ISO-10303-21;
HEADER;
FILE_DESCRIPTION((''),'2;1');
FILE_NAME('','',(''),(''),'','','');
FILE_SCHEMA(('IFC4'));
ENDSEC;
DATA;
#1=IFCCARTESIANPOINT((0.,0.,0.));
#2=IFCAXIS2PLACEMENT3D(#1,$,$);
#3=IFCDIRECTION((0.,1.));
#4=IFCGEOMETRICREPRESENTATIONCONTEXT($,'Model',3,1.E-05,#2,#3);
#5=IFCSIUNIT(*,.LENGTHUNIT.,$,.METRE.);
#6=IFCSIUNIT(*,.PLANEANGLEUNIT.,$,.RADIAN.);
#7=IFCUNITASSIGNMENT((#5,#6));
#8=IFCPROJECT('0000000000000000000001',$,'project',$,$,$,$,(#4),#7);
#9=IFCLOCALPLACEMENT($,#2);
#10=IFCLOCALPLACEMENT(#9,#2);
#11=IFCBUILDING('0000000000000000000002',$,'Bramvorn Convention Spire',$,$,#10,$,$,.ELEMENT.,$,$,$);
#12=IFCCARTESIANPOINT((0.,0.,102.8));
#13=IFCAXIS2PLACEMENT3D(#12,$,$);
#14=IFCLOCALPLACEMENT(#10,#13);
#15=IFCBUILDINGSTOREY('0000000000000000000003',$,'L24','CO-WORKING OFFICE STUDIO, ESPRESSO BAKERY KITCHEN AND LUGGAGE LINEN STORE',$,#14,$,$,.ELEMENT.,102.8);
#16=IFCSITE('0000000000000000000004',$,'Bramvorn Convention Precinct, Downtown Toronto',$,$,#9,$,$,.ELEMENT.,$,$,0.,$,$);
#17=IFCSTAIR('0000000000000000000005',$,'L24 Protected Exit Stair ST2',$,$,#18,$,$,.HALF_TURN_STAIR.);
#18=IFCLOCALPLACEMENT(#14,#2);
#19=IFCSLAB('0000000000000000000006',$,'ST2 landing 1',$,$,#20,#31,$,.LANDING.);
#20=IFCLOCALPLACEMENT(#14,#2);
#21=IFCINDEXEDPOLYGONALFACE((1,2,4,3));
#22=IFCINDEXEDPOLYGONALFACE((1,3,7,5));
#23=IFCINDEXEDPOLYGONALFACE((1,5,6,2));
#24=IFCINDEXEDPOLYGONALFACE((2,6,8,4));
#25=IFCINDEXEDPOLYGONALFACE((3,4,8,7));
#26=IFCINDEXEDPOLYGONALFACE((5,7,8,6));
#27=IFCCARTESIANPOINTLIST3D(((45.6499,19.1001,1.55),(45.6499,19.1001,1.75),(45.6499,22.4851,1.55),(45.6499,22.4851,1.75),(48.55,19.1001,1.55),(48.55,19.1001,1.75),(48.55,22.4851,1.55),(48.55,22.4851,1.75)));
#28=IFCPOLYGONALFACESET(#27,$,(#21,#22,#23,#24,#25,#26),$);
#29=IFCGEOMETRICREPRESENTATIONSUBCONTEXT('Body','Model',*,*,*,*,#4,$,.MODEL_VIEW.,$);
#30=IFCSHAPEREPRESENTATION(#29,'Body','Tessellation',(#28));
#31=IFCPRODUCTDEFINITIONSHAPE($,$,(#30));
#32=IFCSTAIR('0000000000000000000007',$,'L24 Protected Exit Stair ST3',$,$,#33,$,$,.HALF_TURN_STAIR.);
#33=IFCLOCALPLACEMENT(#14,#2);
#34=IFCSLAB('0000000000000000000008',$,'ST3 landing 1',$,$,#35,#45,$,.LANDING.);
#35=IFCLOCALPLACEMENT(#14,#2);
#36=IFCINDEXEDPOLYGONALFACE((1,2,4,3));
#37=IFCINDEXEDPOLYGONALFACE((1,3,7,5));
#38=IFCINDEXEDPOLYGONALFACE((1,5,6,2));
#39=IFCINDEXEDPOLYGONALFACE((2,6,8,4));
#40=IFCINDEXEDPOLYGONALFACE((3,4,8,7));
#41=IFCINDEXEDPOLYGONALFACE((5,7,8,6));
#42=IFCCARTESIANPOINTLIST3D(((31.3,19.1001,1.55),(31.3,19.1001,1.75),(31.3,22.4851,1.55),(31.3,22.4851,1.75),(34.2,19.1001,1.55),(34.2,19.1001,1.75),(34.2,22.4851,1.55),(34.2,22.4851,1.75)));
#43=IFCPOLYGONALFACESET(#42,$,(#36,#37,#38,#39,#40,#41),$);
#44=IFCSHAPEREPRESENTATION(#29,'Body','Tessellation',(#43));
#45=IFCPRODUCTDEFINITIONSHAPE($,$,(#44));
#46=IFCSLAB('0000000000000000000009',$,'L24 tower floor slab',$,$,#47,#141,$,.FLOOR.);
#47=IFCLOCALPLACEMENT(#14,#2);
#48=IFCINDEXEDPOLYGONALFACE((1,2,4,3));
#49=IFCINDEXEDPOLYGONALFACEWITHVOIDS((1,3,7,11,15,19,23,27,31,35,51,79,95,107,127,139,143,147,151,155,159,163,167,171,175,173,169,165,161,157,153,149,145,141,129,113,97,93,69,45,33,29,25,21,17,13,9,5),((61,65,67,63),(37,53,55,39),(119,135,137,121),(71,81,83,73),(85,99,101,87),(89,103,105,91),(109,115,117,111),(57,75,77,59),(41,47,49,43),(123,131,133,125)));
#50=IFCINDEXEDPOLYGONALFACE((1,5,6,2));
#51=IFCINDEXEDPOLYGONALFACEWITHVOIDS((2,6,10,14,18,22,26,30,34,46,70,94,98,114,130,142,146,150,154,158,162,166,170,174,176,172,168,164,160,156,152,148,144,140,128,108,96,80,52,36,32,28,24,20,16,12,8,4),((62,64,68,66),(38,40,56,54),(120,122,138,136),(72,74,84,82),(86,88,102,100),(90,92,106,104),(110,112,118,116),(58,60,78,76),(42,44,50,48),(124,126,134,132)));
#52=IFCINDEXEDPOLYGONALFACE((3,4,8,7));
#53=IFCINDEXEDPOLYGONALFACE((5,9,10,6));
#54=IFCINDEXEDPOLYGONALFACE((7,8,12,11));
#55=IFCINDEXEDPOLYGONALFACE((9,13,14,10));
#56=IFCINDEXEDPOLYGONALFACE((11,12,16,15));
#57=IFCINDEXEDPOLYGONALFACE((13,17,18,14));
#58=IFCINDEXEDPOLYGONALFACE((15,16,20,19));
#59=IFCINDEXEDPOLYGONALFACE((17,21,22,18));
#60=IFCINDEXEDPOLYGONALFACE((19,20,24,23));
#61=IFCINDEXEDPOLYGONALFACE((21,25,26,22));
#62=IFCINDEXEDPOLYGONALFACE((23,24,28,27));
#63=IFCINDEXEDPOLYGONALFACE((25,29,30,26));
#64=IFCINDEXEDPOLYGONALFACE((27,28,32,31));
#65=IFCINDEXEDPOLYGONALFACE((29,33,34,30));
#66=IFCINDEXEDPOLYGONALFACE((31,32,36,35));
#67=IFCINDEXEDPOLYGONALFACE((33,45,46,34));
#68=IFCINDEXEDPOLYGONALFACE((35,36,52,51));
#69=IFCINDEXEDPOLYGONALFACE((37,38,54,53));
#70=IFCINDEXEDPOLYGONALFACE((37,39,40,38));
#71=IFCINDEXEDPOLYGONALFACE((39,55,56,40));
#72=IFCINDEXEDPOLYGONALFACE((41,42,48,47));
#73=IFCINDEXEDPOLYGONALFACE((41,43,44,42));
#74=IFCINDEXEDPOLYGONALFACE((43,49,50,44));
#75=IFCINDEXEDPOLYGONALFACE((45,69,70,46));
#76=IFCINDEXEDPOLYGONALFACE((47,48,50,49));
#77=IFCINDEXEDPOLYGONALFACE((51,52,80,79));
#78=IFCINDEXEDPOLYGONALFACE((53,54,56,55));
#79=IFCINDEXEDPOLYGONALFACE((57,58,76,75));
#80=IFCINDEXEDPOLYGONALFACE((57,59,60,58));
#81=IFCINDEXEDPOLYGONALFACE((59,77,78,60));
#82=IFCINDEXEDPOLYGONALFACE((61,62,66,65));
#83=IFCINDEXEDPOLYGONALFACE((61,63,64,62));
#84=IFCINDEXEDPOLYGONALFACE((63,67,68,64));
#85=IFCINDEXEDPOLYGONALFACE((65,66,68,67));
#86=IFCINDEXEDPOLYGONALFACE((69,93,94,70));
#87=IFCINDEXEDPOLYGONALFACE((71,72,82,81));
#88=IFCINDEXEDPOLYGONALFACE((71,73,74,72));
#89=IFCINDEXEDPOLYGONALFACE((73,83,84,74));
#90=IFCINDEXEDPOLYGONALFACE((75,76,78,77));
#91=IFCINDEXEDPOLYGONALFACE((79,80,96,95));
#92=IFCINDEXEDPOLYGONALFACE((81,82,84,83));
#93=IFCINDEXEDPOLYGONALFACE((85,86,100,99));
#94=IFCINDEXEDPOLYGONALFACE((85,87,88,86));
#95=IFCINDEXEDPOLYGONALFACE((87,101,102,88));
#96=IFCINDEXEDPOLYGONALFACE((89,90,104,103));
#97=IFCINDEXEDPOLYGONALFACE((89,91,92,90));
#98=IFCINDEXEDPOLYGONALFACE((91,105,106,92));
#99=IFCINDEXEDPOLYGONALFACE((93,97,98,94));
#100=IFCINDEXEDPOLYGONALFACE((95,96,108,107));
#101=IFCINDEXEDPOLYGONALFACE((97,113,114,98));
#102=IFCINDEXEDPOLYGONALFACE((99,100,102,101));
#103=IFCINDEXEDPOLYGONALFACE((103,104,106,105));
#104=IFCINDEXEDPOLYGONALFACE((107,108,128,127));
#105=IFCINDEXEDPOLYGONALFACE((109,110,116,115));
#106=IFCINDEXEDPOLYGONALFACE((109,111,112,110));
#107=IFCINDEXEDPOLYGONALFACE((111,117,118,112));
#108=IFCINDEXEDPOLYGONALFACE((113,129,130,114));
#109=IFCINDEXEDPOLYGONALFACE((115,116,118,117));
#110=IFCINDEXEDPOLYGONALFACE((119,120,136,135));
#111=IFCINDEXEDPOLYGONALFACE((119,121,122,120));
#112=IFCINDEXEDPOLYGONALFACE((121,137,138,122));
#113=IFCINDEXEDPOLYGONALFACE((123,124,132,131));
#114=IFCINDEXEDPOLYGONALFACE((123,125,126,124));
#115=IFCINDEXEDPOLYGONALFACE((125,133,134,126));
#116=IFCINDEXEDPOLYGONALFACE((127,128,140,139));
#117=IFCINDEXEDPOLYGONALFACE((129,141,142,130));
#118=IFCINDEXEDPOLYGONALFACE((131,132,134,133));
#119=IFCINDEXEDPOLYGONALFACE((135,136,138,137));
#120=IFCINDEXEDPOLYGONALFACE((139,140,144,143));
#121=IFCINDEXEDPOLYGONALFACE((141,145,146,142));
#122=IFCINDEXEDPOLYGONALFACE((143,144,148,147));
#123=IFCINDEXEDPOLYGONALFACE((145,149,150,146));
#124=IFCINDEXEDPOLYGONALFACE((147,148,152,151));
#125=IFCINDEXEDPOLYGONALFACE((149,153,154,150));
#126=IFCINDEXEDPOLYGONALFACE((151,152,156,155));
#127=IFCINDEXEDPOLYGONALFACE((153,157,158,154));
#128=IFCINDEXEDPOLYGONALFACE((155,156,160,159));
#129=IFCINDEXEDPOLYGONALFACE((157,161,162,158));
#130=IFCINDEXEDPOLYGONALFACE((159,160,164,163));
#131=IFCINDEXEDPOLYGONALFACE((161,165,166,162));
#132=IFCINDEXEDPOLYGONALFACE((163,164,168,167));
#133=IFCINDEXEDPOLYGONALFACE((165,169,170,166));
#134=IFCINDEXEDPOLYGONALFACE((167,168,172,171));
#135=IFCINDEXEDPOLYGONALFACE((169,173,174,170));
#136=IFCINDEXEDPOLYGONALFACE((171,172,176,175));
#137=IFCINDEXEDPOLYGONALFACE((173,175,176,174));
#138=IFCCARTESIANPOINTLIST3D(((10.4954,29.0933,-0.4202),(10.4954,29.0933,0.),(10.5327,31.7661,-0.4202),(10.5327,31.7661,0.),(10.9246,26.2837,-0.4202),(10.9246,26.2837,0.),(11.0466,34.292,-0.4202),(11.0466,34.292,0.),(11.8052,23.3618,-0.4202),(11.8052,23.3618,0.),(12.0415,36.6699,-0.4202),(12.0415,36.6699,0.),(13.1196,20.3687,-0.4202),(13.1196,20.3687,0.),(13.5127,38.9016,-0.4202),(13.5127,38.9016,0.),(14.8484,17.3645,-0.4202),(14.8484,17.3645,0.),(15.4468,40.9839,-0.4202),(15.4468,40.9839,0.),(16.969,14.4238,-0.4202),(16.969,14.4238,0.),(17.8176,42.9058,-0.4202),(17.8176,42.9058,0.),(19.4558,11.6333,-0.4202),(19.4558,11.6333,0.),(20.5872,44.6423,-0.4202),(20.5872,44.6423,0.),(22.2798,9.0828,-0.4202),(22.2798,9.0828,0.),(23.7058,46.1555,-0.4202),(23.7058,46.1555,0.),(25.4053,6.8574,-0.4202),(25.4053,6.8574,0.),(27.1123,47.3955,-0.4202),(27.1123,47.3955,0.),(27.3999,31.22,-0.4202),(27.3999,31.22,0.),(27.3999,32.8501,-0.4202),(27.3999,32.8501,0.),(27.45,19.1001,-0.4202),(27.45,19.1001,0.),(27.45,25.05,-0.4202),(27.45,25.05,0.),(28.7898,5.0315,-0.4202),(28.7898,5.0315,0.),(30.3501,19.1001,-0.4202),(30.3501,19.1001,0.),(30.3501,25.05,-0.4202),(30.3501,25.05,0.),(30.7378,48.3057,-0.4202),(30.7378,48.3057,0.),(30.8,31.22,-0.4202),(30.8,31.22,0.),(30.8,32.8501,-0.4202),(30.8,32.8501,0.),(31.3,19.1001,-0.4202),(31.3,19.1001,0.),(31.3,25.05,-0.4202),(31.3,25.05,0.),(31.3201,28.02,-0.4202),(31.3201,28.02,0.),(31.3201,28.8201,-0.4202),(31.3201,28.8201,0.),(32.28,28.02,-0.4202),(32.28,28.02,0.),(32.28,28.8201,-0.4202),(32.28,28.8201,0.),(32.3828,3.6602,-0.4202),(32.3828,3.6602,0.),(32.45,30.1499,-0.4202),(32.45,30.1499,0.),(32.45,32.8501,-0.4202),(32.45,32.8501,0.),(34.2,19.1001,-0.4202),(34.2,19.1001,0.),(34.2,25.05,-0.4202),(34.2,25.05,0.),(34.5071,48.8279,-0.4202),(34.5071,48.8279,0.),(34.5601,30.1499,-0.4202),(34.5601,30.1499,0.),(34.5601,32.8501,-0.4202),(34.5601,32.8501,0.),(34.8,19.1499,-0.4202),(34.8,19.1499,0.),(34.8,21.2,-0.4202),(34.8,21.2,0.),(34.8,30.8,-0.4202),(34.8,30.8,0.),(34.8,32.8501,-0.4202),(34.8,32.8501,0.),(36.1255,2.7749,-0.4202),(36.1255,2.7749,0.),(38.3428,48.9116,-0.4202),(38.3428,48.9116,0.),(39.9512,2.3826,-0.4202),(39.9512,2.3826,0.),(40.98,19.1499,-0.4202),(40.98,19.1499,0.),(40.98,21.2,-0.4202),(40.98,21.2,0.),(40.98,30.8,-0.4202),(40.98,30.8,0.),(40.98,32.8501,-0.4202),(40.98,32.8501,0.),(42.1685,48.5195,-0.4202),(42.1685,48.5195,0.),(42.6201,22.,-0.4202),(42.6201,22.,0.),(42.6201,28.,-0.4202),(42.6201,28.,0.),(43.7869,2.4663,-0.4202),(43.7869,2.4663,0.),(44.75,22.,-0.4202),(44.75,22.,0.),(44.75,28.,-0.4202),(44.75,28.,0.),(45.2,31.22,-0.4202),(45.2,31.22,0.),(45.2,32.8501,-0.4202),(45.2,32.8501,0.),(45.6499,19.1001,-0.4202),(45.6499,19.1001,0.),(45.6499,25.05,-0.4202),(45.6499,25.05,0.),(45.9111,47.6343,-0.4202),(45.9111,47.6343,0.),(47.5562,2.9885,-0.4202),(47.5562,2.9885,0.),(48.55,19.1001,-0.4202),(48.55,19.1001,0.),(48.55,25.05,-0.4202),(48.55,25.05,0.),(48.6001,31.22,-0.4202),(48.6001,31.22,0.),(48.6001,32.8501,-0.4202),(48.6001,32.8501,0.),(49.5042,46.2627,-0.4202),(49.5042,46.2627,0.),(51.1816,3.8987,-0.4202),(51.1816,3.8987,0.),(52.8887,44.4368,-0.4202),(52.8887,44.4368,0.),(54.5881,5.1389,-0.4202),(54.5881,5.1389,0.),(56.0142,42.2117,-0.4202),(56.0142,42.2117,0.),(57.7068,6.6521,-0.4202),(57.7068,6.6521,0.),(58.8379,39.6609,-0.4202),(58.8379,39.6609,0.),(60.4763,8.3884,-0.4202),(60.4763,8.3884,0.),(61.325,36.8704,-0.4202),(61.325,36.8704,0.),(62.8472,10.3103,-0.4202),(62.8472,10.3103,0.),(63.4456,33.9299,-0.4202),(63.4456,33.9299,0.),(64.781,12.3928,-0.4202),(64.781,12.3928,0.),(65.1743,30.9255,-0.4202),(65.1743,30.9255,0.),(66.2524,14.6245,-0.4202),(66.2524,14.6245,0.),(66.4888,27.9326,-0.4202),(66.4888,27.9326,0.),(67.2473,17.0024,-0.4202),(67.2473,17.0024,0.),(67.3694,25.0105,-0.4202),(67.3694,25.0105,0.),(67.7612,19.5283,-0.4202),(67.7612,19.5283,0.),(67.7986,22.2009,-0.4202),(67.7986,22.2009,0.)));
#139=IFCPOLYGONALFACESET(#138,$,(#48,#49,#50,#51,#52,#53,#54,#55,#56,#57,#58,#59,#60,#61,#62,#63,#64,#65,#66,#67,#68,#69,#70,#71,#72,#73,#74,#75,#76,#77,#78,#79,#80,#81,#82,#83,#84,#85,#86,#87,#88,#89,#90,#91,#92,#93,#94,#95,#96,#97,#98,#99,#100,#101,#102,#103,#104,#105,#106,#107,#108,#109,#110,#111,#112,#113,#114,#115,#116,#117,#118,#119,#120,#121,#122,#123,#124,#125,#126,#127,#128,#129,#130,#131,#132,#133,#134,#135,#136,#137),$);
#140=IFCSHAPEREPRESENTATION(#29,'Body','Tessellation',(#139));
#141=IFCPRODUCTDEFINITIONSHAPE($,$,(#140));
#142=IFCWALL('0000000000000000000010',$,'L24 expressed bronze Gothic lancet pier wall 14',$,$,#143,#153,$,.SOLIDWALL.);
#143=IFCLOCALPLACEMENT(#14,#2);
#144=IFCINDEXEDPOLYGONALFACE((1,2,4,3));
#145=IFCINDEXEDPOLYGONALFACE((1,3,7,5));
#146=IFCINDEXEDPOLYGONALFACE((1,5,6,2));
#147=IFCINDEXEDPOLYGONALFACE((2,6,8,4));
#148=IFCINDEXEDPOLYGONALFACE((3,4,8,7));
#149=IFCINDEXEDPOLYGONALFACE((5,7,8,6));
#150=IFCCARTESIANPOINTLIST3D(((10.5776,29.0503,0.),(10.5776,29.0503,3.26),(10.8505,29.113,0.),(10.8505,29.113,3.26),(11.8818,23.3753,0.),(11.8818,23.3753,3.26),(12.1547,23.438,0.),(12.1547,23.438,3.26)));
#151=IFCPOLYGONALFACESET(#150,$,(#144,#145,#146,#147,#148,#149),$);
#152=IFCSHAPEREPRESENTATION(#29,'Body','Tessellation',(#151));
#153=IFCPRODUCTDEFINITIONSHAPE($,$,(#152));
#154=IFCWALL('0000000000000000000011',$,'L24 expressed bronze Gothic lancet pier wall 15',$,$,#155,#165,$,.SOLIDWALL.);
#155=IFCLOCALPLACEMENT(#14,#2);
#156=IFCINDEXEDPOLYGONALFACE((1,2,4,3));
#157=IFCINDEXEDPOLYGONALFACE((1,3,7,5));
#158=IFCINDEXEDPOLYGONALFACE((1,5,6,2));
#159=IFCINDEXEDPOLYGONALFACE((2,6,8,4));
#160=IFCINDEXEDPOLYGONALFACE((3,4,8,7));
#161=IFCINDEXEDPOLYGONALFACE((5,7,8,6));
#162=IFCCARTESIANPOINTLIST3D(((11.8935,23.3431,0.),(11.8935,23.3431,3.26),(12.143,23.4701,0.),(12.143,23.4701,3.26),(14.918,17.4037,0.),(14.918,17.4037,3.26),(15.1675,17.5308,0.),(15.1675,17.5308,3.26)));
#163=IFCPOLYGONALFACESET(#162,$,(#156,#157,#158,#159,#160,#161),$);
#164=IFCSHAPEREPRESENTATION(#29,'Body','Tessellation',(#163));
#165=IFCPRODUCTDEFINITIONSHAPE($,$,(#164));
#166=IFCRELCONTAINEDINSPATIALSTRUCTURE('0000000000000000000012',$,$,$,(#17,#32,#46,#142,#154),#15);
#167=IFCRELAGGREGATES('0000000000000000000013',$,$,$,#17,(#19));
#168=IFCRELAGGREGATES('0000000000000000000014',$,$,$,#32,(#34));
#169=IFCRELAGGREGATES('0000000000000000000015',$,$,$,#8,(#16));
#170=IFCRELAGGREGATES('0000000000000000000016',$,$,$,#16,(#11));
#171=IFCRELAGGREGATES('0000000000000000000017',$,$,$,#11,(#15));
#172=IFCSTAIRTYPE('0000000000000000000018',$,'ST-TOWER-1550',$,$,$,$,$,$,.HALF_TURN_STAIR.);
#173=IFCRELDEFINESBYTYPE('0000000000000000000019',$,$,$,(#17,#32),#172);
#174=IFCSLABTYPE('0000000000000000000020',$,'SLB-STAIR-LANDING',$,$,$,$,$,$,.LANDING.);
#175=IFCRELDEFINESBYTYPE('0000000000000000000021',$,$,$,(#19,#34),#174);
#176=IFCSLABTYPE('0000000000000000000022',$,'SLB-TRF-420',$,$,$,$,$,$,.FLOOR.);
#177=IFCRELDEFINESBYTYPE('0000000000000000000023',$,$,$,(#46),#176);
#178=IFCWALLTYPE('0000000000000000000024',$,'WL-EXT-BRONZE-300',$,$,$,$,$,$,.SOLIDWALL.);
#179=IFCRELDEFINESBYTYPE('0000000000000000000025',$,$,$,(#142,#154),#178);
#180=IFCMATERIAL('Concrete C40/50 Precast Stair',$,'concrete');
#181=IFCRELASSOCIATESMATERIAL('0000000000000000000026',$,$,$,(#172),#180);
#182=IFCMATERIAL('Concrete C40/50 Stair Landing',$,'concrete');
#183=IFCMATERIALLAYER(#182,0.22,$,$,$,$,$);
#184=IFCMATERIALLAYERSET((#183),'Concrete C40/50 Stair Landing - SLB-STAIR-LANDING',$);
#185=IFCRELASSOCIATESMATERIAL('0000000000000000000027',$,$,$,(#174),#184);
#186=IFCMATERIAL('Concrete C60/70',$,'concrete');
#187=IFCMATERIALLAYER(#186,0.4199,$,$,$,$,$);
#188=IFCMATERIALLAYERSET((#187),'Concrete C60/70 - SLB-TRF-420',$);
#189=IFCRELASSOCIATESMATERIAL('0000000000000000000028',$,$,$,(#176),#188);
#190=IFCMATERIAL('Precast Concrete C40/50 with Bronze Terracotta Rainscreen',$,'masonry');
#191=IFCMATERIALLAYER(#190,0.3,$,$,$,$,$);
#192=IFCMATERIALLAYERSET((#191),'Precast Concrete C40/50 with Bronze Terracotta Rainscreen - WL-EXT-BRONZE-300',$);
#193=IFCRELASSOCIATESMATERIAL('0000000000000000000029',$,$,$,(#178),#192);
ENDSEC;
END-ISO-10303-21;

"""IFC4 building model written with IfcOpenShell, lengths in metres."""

from ifc_helpers import new_model, si_unit, direction, frame, frame_2d, origin, place, context, subcontext, project, spatial, polyline, rectangle, outline, extrude, material, layer, layer_set, type_object, element, aggregate, save


model = new_model("IFC4")

# Units and contexts
model_context = context("Model", 3, precision=1e-05, world=origin(), true_north=direction((0.0, 1.0)))
body_context = subcontext(model_context, "Body", "Model", "MODEL_VIEW")
ifc_project = project(units=[si_unit("LENGTHUNIT", "METRE"), si_unit("PLANEANGLEUNIT", "RADIAN")], contexts=[model_context])

# Site, building, storey
site_placement = place(None, origin())
site = spatial("IfcSite", under=ifc_project, at=site_placement, Name="Bramvorn Convention Precinct, Downtown Toronto", CompositionType="ELEMENT", RefElevation=0.0)
building_placement = place(site_placement, origin())
building = spatial("IfcBuilding", under=site, at=building_placement, Name="Bramvorn Convention Spire", CompositionType="ELEMENT")
storey_placement = place(building_placement, frame((0.0, 0.0, 102.8)))
storey = spatial("IfcBuildingStorey", under=building, at=storey_placement, Name="L24", Description="CO-WORKING OFFICE STUDIO, ESPRESSO BAKERY KITCHEN AND LUGGAGE LINEN STORE", CompositionType="ELEMENT", Elevation=102.8)

# Stairs, slabs
ifc_material_1 = material(Name="Concrete C40/50 Precast Stair", Category="concrete")
stair_type = type_object("IfcStairType", Name="ST-TOWER-1550", PredefinedType="HALF_TURN_STAIR", material=ifc_material_1)
ifc_material_2 = material(Name="Concrete C40/50 Stair Landing", Category="concrete")
ifc_layer_1 = layer(ifc_material_2, 0.22)
ifc_layer_set_1 = layer_set([ifc_layer_1], Name="Concrete C40/50 Stair Landing - SLB-STAIR-LANDING")
slab_type_1 = type_object("IfcSlabType", Name="SLB-STAIR-LANDING", PredefinedType="LANDING", material=ifc_layer_set_1)
stair_1_placement = place(storey_placement, origin())
stair_1 = element("IfcStair", 1, at=stair_1_placement, inside=storey, type_object=stair_type, Name="L24 Protected Exit Stair ST2", PredefinedType="HALF_TURN_STAIR")
slab_1_placement = place(storey_placement, frame((0.0, 0.0, 1.55)))
slab_1 = element("IfcSlab", 2, at=slab_1_placement, type_object=slab_type_1, Name="ST2 landing 1", PredefinedType="LANDING", context=body_context, shape_type="SweptSolid", body=[
    extrude(outline(polyline([(45.6499, 22.4851), (45.6499, 19.1001), (48.55, 19.1001), (48.55, 22.4851), (45.6499, 22.4851)])), origin(), (0.0, 0.0, 1.0), 0.2),
])
aggregate(stair_1, [slab_1])
stair_2_placement = place(storey_placement, origin())
stair_2 = element("IfcStair", 3, at=stair_2_placement, inside=storey, type_object=stair_type, Name="L24 Protected Exit Stair ST3", PredefinedType="HALF_TURN_STAIR")
slab_2_placement = place(storey_placement, frame((0.0, 0.0, 1.55)))
slab_2 = element("IfcSlab", 4, at=slab_2_placement, type_object=slab_type_1, Name="ST3 landing 1", PredefinedType="LANDING", context=body_context, shape_type="SweptSolid", body=[
    extrude(outline(polyline([(31.3, 22.4851), (31.3, 19.1001), (34.2, 19.1001), (34.2, 22.4851), (31.3, 22.4851)])), origin(), (0.0, 0.0, 1.0), 0.2),
])
aggregate(stair_2, [slab_2])

# Slab
ifc_material_3 = material(Name="Concrete C60/70", Category="concrete")
ifc_layer_2 = layer(ifc_material_3, 0.4199)
ifc_layer_set_2 = layer_set([ifc_layer_2], Name="Concrete C60/70 - SLB-TRF-420")
slab_type_2 = type_object("IfcSlabType", Name="SLB-TRF-420", PredefinedType="FLOOR", material=ifc_layer_set_2)
slab_3_placement = place(storey_placement, frame((0.0, 0.0, -0.4202)))
element("IfcSlab", 5, at=slab_3_placement, inside=storey, type_object=slab_type_2, Name="L24 tower floor slab", PredefinedType="FLOOR", context=body_context, shape_type="SweptSolid", body=[
    extrude(outline(polyline([(67.2473, 17.0024), (67.7612, 19.5283), (67.7986, 22.2009), (67.3694, 25.0105), (66.4888, 27.9326), (65.1743, 30.9255), (63.4456, 33.9299), (61.325, 36.8704), (58.8379, 39.6609), (56.0142, 42.2117), (52.8887, 44.4368), (49.5042, 46.2627), (45.9111, 47.6343), (42.1685, 48.5195), (38.3428, 48.9116), (34.5071, 48.8279), (30.7378, 48.3057), (27.1123, 47.3955), (23.7058, 46.1555), (20.5872, 44.6423), (17.8176, 42.9058), (15.4468, 40.9839), (13.5127, 38.9016), (12.0415, 36.6699), (11.0466, 34.292), (10.5327, 31.7661), (10.4954, 29.0933), (10.9246, 26.2837), (11.8052, 23.3618), (13.1196, 20.3687), (14.8484, 17.3645), (16.969, 14.4238), (19.4558, 11.6333), (22.2798, 9.0828), (25.4053, 6.8574), (28.7898, 5.0315), (32.3828, 3.6602), (36.1255, 2.7749), (39.9512, 2.3826), (43.7869, 2.4663), (47.5562, 2.9885), (51.1816, 3.8987), (54.5881, 5.1389), (57.7068, 6.6521), (60.4763, 8.3884), (62.8472, 10.3103), (64.781, 12.3928), (66.2524, 14.6245), (67.2473, 17.0024)]), holes=[polyline([(27.45, 25.05), (27.45, 19.1001), (30.3501, 19.1001), (30.3501, 25.05), (27.45, 25.05)]), polyline([(45.6499, 25.05), (45.6499, 19.1001), (48.55, 19.1001), (48.55, 25.05), (45.6499, 25.05)]), polyline([(31.3, 25.05), (31.3, 19.1001), (34.2, 19.1001), (34.2, 25.05), (31.3, 25.05)]), polyline([(27.3999, 31.22), (30.8, 31.22), (30.8, 32.8501), (27.3999, 32.8501), (27.3999, 31.22)]), polyline([(45.2, 31.22), (48.6001, 31.22), (48.6001, 32.8501), (45.2, 32.8501), (45.2, 31.22)]), polyline([(32.45, 30.1499), (34.5601, 30.1499), (34.5601, 32.8501), (32.45, 32.8501), (32.45, 30.1499)]), polyline([(34.8, 30.8), (40.98, 30.8), (40.98, 32.8501), (34.8, 32.8501), (34.8, 30.8)]), polyline([(34.8, 19.1499), (40.98, 19.1499), (40.98, 21.2), (34.8, 21.2), (34.8, 19.1499)]), polyline([(42.6201, 22.0), (44.75, 22.0), (44.75, 28.0), (42.6201, 28.0), (42.6201, 22.0)]), polyline([(31.3201, 28.02), (32.28, 28.02), (32.28, 28.8201), (31.3201, 28.8201), (31.3201, 28.02)])]), origin(), (0.0, 0.0, 1.0), 0.4202),
])

# Walls
ifc_material_4 = material(Name="Precast Concrete C40/50 with Bronze Terracotta Rainscreen", Category="masonry")
ifc_layer_3 = layer(ifc_material_4, 0.3)
ifc_layer_set_3 = layer_set([ifc_layer_3], Name="Precast Concrete C40/50 with Bronze Terracotta Rainscreen - WL-EXT-BRONZE-300")
wall_type = type_object("IfcWallType", Name="WL-EXT-BRONZE-300", PredefinedType="SOLIDWALL", material=ifc_layer_set_3)
wall_1_placement = place(storey_placement, frame((12.0183, 23.4065, 0.0), z_axis=(0.0, 0.0, 1.0), x_axis=(-0.223974, 0.974595, 0.0)))
element("IfcWall", 6, at=wall_1_placement, inside=storey, type_object=wall_type, Name="L24 expressed bronze Gothic lancet pier wall 14", PredefinedType="SOLIDWALL", context=body_context, shape_type="SweptSolid", body=[
    extrude(rectangle(XDim=5.823, YDim=0.28, at=frame_2d((2.9116, 0.0))), origin(), (0.0, 0.0, 1.0), 3.26),
])
wall_2_placement = place(storey_placement, frame((15.0427, 17.4673, 0.0), z_axis=(0.0, 0.0, 1.0), x_axis=(-0.45378, 0.891114, 0.0)))
element("IfcWall", 7, at=wall_2_placement, inside=storey, type_object=wall_type, Name="L24 expressed bronze Gothic lancet pier wall 15", PredefinedType="SOLIDWALL", context=body_context, shape_type="SweptSolid", body=[
    extrude(rectangle(XDim=6.665, YDim=0.28, at=frame_2d((3.3325, 0.0))), origin(), (0.0, 0.0, 1.0), 3.26),
])

save(model, "model.ifc")
